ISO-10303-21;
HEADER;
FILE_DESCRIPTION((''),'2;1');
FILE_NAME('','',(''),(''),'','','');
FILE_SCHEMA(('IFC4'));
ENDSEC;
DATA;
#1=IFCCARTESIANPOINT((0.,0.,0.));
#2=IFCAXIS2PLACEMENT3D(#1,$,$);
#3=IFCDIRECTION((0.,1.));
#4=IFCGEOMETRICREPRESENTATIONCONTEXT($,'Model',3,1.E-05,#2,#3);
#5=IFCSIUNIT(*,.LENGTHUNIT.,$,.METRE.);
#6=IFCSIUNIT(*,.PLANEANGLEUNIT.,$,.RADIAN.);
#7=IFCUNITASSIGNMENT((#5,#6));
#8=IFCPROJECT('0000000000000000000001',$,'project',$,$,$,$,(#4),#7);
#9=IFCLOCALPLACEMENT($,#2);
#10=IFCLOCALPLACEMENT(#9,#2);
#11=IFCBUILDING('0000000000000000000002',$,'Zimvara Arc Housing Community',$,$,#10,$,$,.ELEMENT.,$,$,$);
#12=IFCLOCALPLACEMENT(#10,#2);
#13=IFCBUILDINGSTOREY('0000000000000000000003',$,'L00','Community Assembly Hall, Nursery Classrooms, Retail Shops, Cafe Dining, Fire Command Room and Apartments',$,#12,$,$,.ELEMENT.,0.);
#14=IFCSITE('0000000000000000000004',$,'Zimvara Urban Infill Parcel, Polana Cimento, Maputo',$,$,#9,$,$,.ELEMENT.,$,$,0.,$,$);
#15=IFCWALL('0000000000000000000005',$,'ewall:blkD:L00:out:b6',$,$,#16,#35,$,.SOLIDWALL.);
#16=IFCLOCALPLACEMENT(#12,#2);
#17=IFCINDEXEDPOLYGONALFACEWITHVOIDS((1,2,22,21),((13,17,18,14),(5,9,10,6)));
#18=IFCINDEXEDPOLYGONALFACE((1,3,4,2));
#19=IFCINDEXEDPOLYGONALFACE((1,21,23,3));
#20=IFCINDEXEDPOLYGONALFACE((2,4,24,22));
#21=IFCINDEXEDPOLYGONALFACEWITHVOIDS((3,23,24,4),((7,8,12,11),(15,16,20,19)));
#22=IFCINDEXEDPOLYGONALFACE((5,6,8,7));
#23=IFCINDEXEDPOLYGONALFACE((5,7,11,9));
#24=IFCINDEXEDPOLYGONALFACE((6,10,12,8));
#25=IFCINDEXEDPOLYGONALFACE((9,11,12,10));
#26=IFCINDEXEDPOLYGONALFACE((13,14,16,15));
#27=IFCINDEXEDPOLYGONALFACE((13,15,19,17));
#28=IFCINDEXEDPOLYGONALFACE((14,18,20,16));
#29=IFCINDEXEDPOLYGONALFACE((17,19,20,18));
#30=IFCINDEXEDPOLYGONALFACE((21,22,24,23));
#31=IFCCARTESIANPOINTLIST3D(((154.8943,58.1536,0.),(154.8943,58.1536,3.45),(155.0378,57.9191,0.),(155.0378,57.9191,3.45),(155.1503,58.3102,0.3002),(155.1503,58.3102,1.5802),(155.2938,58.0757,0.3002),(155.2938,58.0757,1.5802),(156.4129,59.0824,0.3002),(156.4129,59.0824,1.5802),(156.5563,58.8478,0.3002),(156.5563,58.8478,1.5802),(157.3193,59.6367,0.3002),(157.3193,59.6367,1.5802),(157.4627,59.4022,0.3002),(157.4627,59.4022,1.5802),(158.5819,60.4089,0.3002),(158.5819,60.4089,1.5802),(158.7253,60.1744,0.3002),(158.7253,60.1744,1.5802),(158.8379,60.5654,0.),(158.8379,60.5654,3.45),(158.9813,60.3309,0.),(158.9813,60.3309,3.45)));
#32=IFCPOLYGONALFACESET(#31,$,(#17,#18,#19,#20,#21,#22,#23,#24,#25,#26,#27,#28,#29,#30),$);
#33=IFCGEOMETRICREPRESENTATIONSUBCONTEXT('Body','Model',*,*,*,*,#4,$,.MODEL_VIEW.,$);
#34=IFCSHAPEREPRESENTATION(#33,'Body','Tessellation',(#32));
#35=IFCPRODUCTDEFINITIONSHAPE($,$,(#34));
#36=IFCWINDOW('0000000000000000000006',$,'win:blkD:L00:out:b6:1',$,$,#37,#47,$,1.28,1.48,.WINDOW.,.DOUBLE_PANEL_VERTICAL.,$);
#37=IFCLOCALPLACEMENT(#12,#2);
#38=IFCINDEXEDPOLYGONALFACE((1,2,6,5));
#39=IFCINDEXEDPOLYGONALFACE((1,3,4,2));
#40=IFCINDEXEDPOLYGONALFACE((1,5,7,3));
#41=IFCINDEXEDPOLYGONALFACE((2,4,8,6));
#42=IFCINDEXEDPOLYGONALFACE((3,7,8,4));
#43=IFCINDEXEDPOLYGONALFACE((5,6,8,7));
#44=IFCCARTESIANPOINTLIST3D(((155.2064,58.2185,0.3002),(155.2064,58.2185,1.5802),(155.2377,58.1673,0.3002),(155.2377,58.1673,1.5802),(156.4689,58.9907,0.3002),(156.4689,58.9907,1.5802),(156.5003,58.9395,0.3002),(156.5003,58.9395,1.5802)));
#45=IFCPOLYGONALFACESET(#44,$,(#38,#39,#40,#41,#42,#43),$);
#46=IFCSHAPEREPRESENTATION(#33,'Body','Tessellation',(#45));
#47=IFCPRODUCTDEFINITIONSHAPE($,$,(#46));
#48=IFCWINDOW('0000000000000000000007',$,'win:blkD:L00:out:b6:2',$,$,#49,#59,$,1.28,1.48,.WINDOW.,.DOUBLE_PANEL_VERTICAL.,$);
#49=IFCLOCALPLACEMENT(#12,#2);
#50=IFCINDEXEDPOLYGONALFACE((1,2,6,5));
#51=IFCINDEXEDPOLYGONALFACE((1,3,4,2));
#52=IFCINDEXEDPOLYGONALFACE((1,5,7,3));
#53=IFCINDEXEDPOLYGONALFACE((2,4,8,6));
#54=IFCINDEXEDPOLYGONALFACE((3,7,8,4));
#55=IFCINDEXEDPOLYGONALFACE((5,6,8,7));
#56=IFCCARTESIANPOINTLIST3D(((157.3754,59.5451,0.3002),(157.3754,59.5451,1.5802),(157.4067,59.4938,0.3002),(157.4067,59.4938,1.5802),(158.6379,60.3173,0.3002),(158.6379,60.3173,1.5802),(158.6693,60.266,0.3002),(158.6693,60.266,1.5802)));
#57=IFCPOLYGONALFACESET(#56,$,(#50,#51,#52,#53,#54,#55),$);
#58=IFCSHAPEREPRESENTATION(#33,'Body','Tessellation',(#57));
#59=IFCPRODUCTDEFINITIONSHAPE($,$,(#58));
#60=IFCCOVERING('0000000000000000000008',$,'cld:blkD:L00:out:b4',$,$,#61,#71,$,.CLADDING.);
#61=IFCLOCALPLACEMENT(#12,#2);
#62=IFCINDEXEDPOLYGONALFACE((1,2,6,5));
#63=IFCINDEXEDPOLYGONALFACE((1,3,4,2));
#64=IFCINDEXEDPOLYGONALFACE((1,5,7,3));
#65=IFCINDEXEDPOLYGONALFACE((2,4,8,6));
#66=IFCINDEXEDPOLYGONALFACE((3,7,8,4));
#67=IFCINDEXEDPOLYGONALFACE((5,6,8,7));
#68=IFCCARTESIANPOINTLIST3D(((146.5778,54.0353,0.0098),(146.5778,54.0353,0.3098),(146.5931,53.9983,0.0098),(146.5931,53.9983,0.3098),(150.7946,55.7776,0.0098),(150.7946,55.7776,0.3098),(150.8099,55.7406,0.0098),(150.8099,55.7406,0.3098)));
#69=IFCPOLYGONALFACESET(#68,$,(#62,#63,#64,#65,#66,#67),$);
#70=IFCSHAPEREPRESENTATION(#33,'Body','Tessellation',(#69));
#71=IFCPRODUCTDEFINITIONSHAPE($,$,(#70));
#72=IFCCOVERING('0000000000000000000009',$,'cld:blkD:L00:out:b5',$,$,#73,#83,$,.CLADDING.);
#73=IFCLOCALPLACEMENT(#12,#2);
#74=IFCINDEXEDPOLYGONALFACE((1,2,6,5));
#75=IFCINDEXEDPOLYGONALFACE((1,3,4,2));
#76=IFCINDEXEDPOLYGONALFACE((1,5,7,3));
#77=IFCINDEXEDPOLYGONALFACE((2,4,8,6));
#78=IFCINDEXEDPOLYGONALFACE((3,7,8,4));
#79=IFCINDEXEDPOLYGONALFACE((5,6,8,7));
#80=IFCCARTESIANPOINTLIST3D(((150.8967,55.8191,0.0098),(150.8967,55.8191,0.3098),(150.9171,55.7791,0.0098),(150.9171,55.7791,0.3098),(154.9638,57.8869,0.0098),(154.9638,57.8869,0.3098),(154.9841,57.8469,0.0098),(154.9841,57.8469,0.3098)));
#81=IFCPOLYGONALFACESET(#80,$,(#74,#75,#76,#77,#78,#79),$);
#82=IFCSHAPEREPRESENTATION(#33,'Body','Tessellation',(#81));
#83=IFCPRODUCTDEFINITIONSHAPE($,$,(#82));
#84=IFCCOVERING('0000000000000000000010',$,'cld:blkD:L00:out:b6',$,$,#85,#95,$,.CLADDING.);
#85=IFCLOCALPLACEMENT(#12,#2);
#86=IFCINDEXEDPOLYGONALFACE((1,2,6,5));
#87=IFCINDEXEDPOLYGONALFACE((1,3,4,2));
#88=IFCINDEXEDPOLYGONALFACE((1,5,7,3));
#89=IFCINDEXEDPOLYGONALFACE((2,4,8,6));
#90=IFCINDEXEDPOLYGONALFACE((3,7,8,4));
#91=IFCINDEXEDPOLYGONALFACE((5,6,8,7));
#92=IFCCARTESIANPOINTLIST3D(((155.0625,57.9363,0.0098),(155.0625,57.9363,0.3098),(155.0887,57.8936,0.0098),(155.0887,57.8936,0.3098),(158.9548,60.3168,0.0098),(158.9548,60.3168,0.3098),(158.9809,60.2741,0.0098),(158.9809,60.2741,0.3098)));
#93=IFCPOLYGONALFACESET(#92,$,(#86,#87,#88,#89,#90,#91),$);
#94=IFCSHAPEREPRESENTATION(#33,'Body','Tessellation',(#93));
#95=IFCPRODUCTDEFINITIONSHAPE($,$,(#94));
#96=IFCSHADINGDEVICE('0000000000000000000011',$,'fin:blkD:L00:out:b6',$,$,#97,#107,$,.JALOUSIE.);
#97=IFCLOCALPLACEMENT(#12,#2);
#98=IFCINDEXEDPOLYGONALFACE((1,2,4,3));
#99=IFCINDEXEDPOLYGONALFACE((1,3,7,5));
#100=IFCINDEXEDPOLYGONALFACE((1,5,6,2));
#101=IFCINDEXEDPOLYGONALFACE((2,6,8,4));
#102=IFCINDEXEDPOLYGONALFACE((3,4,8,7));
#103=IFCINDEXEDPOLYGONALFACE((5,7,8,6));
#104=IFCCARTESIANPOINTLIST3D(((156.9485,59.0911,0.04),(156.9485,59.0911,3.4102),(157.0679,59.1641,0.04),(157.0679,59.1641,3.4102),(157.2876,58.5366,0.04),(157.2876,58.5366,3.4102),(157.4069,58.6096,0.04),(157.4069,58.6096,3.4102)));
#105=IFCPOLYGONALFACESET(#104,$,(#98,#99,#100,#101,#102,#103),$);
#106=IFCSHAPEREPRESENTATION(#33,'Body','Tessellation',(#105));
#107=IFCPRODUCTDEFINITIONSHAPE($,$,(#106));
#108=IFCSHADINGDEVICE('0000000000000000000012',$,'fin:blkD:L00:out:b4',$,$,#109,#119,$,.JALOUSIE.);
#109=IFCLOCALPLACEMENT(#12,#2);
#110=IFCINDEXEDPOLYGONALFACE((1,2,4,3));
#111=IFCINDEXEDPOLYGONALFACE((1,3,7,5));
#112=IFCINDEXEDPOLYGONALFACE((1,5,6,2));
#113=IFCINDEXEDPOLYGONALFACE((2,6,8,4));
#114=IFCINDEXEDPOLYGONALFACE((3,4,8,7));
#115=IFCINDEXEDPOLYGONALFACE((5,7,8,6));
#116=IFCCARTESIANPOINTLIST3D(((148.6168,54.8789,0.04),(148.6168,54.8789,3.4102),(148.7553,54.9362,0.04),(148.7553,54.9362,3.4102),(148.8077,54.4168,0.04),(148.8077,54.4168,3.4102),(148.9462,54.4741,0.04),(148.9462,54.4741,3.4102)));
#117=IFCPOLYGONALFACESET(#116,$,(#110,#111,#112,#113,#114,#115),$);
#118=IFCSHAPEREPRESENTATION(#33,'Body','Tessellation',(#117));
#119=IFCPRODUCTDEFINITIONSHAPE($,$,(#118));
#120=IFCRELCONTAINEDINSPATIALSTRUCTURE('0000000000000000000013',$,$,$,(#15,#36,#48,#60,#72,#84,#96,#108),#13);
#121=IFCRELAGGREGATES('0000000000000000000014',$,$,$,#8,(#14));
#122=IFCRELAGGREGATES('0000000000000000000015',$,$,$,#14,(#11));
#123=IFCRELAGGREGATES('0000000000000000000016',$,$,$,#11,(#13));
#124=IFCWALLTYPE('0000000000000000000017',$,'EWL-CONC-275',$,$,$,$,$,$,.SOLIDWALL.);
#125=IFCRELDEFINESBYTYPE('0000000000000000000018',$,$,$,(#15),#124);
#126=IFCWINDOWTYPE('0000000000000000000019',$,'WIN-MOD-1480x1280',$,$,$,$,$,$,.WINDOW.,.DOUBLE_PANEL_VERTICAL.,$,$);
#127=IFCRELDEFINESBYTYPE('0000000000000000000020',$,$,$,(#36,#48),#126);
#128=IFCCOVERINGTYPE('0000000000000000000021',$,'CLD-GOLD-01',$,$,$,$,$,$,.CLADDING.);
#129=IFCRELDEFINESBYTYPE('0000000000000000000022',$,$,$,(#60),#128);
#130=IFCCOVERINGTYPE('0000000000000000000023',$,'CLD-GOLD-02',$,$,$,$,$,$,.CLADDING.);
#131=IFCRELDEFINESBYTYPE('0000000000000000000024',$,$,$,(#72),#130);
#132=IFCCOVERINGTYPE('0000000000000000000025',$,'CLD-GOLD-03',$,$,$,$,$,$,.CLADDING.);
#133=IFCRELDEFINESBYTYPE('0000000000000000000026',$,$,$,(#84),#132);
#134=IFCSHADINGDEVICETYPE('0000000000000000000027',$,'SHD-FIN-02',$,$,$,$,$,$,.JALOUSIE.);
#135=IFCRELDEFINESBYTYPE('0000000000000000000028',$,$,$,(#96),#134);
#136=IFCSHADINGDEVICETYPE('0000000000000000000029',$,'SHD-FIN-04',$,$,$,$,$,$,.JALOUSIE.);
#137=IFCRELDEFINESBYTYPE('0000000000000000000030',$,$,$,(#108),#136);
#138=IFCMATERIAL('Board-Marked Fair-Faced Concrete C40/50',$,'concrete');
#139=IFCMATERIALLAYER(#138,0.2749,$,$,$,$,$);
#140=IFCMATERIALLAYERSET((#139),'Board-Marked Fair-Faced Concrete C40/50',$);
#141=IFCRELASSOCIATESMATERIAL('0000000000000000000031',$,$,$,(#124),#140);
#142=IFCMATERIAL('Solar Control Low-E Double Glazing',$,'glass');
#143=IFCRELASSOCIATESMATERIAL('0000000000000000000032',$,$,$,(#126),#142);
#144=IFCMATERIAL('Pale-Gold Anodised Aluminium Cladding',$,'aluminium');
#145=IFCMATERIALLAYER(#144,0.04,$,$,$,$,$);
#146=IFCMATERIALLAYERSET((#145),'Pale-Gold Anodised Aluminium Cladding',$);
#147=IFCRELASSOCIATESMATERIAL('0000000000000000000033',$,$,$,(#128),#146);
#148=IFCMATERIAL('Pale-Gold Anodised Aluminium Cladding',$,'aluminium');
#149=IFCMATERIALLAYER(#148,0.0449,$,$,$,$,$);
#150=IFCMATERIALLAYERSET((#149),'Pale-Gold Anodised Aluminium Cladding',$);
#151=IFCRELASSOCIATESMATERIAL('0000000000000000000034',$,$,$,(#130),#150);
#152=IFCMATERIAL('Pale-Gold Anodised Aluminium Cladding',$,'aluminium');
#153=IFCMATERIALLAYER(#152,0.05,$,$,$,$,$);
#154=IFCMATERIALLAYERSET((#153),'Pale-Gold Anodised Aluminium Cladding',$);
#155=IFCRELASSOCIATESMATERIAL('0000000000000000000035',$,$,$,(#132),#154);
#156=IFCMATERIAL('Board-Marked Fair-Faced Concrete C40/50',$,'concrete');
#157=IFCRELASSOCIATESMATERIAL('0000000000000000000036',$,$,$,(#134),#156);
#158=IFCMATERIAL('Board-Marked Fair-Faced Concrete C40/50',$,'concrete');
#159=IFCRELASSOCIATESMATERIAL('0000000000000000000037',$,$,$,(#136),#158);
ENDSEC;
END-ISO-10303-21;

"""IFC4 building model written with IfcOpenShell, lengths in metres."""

from ifc_helpers import new_model, si_unit, direction, frame, frame_2d, origin, origin_2d, place, context, subcontext, project, spatial, rectangle, extrude, material, layer, layer_set, type_object, element, fill, save


model = new_model("IFC4")

# Units and contexts
model_context = context("Model", 3, precision=1e-05, world=origin(), true_north=direction((0.0, 1.0)))
body_context = subcontext(model_context, "Body", "Model", "MODEL_VIEW")
ifc_project = project(units=[si_unit("LENGTHUNIT", "METRE"), si_unit("PLANEANGLEUNIT", "RADIAN")], contexts=[model_context])

# Site, building, storey
site_placement = place(None, origin())
site = spatial("IfcSite", under=ifc_project, at=site_placement, Name="Zimvara Urban Infill Parcel, Polana Cimento, Maputo", CompositionType="ELEMENT", RefElevation=0.0)
building_placement = place(site_placement, origin())
building = spatial("IfcBuilding", under=site, at=building_placement, Name="Zimvara Arc Housing Community", CompositionType="ELEMENT")
storey_placement = place(building_placement, origin())
storey = spatial("IfcBuildingStorey", under=building, at=storey_placement, Name="L00", Description="Community Assembly Hall, Nursery Classrooms, Retail Shops, Cafe Dining, Fire Command Room and Apartments", CompositionType="ELEMENT", Elevation=0.0)

# Wall, openings, windows
ifc_material_1 = material(Name="Board-Marked Fair-Faced Concrete C40/50", Category="concrete")
ifc_layer_1 = layer(ifc_material_1, 0.2749)
ifc_layer_set_1 = layer_set([ifc_layer_1], Name="Board-Marked Fair-Faced Concrete C40/50")
wall_type_1 = type_object("IfcWallType", Name="EWL-CONC-275", PredefinedType="SOLIDWALL", material=ifc_layer_set_1)
wall_1_placement = place(storey_placement, frame((154.9661, 58.0364, 0.0), z_axis=(0.0, 0.0, 1.0), x_axis=(0.8531, 0.521747, 0.0)))
wall_1 = element("IfcWall", 1, at=wall_1_placement, inside=storey, type_object=wall_type_1, Name="ewall:blkD:L00:out:b6", PredefinedType="SOLIDWALL", context=body_context, shape_type="SweptSolid", body=[
    extrude(rectangle(XDim=4.6226, YDim=0.2749, at=frame_2d((2.3113, 0.0))), origin(), (0.0, 0.0, 1.0), 3.45),
])
opening_1_placement = place(wall_1_placement, frame((0.3, 0.0, 0.3)))
opening_1 = element("IfcOpeningElement", 2, at=opening_1_placement, cuts=wall_1, PredefinedType="OPENING", context=body_context, shape_type="SweptSolid", body=[
    extrude(rectangle(XDim=1.48, YDim=1.28, at=frame_2d((0.74, 0.6401))), frame((0.0, 0.1475, 0.0), z_axis=(0.0, -1.0, 0.0), x_axis=(1.0, 0.0, 0.0)), (0.0, 0.0, 1.0), 0.2949),
])
opening_2_placement = place(wall_1_placement, frame((2.8425, 0.0, 0.3)))
opening_2 = element("IfcOpeningElement", 3, at=opening_2_placement, cuts=wall_1, PredefinedType="OPENING", context=body_context, shape_type="SweptSolid", body=[
    extrude(rectangle(XDim=1.48, YDim=1.28, at=frame_2d((0.74, 0.6401))), frame((0.0, 0.1475, 0.0), z_axis=(0.0, -1.0, 0.0), x_axis=(1.0, 0.0, 0.0)), (0.0, 0.0, 1.0), 0.2949),
])
ifc_material_2 = material(Name="Solar Control Low-E Double Glazing", Category="glass")
window_type_1 = type_object("IfcWindowType", Name="WIN-MOD-1480x1280", PartitioningType="DOUBLE_PANEL_VERTICAL", PredefinedType="WINDOW", material=ifc_material_2)
window_1_placement = place(opening_1_placement, origin())
window_1 = element("IfcWindow", 4, at=window_1_placement, inside=storey, type_object=window_type_1, Name="win:blkD:L00:out:b6:1", OverallHeight=1.28, OverallWidth=1.48, PartitioningType="DOUBLE_PANEL_VERTICAL", PredefinedType="WINDOW", context=body_context, shape_type="SweptSolid", body=[
    extrude(rectangle(XDim=1.48, YDim=1.28, at=frame_2d((0.74, 0.6401))), frame((0.0, 0.03, 0.0), z_axis=(0.0, -1.0, 0.0), x_axis=(1.0, 0.0, 0.0)), (0.0, 0.0, 1.0), 0.0601),
])
fill(opening_1, window_1)
window_2_placement = place(opening_2_placement, origin())
window_2 = element("IfcWindow", 5, at=window_2_placement, inside=storey, type_object=window_type_1, Name="win:blkD:L00:out:b6:2", OverallHeight=1.28, OverallWidth=1.48, PartitioningType="DOUBLE_PANEL_VERTICAL", PredefinedType="WINDOW", context=body_context, shape_type="SweptSolid", body=[
    extrude(rectangle(XDim=1.48, YDim=1.28, at=frame_2d((0.74, 0.6401))), frame((0.0, 0.03, 0.0), z_axis=(0.0, -1.0, 0.0), x_axis=(1.0, 0.0, 0.0)), (0.0, 0.0, 1.0), 0.0601),
])
fill(opening_2, window_2)

# Coverings
ifc_material_3 = material(Name="Pale-Gold Anodised Aluminium Cladding", Category="aluminium")
ifc_layer_2 = layer(ifc_material_3, 0.04)
ifc_layer_set_2 = layer_set([ifc_layer_2], Name="Pale-Gold Anodised Aluminium Cladding")
covering_type_1 = type_object("IfcCoveringType", Name="CLD-GOLD-01", PredefinedType="CLADDING", material=ifc_layer_set_2)
covering_1_placement = place(storey_placement, frame((148.6938, 54.8879, 0.0098), z_axis=(0.0, 0.0, 1.0), x_axis=(0.924212, 0.381879, 0.0)))
element("IfcCovering", 6, at=covering_1_placement, inside=storey, type_object=covering_type_1, Name="cld:blkD:L00:out:b4", PredefinedType="CLADDING", context=body_context, shape_type="SweptSolid", body=[
    extrude(rectangle(XDim=4.5625, YDim=0.04, at=origin_2d()), origin(), (0.0, 0.0, 1.0), 0.3),
])
ifc_material_4 = material(Name="Pale-Gold Anodised Aluminium Cladding", Category="aluminium")
ifc_layer_3 = layer(ifc_material_4, 0.0449)
ifc_layer_set_3 = layer_set([ifc_layer_3], Name="Pale-Gold Anodised Aluminium Cladding")
covering_type_2 = type_object("IfcCoveringType", Name="CLD-GOLD-02", PredefinedType="CLADDING", material=ifc_layer_set_3)
covering_2_placement = place(storey_placement, frame((152.9404, 56.833, 0.0098), z_axis=(0.0, 0.0, 1.0), x_axis=(0.891402, 0.453213, 0.0)))
element("IfcCovering", 7, at=covering_2_placement, inside=storey, type_object=covering_type_2, Name="cld:blkD:L00:out:b5", PredefinedType="CLADDING", context=body_context, shape_type="SweptSolid", body=[
    extrude(rectangle(XDim=4.5625, YDim=0.0449, at=origin_2d()), origin(), (0.0, 0.0, 1.0), 0.3),
])
ifc_material_5 = material(Name="Pale-Gold Anodised Aluminium Cladding", Category="aluminium")
ifc_layer_4 = layer(ifc_material_5, 0.05)
ifc_layer_set_4 = layer_set([ifc_layer_4], Name="Pale-Gold Anodised Aluminium Cladding")
covering_type_3 = type_object("IfcCoveringType", Name="CLD-GOLD-03", PredefinedType="CLADDING", material=ifc_layer_set_4)
covering_3_placement = place(storey_placement, frame((157.0217, 59.1052, 0.0098), z_axis=(0.0, 0.0, 1.0), x_axis=(0.853096, 0.521754, 0.0)))
element("IfcCovering", 8, at=covering_3_placement, inside=storey, type_object=covering_type_3, Name="cld:blkD:L00:out:b6", PredefinedType="CLADDING", context=body_context, shape_type="SweptSolid", body=[
    extrude(rectangle(XDim=4.5625, YDim=0.05, at=origin_2d()), origin(), (0.0, 0.0, 1.0), 0.3),
])

# Shading devices
ifc_material_6 = material(Name="Board-Marked Fair-Faced Concrete C40/50", Category="concrete")
shading_device_type_1 = type_object("IfcShadingDeviceType", Name="SHD-FIN-02", PredefinedType="JALOUSIE", material=ifc_material_6)
shading_device_1_placement = place(storey_placement, frame((157.1777, 58.8503, 0.04), z_axis=(0.0, 0.0, 1.0), x_axis=(0.853096, 0.521754, 0.0)))
element("IfcShadingDevice", 9, at=shading_device_1_placement, inside=storey, type_object=shading_device_type_1, Name="fin:blkD:L00:out:b6", PredefinedType="JALOUSIE", context=body_context, shape_type="SweptSolid", body=[
    extrude(rectangle(XDim=0.1399, YDim=0.6499, at=origin_2d()), origin(), (0.0, 0.0, 1.0), 3.3701),
])
ifc_material_7 = material(Name="Board-Marked Fair-Faced Concrete C40/50", Category="concrete")
shading_device_type_2 = type_object("IfcShadingDeviceType", Name="SHD-FIN-04", PredefinedType="JALOUSIE", material=ifc_material_7)
shading_device_2_placement = place(storey_placement, frame((148.7815, 54.6765, 0.04), z_axis=(0.0, 0.0, 1.0), x_axis=(0.924212, 0.381879, 0.0)))
element("IfcShadingDevice", 10, at=shading_device_2_placement, inside=storey, type_object=shading_device_type_2, Name="fin:blkD:L00:out:b4", PredefinedType="JALOUSIE", context=body_context, shape_type="SweptSolid", body=[
    extrude(rectangle(XDim=0.1499, YDim=0.5, at=origin_2d()), origin(), (0.0, 0.0, 1.0), 3.3701),
])

save(model, "model.ifc")
